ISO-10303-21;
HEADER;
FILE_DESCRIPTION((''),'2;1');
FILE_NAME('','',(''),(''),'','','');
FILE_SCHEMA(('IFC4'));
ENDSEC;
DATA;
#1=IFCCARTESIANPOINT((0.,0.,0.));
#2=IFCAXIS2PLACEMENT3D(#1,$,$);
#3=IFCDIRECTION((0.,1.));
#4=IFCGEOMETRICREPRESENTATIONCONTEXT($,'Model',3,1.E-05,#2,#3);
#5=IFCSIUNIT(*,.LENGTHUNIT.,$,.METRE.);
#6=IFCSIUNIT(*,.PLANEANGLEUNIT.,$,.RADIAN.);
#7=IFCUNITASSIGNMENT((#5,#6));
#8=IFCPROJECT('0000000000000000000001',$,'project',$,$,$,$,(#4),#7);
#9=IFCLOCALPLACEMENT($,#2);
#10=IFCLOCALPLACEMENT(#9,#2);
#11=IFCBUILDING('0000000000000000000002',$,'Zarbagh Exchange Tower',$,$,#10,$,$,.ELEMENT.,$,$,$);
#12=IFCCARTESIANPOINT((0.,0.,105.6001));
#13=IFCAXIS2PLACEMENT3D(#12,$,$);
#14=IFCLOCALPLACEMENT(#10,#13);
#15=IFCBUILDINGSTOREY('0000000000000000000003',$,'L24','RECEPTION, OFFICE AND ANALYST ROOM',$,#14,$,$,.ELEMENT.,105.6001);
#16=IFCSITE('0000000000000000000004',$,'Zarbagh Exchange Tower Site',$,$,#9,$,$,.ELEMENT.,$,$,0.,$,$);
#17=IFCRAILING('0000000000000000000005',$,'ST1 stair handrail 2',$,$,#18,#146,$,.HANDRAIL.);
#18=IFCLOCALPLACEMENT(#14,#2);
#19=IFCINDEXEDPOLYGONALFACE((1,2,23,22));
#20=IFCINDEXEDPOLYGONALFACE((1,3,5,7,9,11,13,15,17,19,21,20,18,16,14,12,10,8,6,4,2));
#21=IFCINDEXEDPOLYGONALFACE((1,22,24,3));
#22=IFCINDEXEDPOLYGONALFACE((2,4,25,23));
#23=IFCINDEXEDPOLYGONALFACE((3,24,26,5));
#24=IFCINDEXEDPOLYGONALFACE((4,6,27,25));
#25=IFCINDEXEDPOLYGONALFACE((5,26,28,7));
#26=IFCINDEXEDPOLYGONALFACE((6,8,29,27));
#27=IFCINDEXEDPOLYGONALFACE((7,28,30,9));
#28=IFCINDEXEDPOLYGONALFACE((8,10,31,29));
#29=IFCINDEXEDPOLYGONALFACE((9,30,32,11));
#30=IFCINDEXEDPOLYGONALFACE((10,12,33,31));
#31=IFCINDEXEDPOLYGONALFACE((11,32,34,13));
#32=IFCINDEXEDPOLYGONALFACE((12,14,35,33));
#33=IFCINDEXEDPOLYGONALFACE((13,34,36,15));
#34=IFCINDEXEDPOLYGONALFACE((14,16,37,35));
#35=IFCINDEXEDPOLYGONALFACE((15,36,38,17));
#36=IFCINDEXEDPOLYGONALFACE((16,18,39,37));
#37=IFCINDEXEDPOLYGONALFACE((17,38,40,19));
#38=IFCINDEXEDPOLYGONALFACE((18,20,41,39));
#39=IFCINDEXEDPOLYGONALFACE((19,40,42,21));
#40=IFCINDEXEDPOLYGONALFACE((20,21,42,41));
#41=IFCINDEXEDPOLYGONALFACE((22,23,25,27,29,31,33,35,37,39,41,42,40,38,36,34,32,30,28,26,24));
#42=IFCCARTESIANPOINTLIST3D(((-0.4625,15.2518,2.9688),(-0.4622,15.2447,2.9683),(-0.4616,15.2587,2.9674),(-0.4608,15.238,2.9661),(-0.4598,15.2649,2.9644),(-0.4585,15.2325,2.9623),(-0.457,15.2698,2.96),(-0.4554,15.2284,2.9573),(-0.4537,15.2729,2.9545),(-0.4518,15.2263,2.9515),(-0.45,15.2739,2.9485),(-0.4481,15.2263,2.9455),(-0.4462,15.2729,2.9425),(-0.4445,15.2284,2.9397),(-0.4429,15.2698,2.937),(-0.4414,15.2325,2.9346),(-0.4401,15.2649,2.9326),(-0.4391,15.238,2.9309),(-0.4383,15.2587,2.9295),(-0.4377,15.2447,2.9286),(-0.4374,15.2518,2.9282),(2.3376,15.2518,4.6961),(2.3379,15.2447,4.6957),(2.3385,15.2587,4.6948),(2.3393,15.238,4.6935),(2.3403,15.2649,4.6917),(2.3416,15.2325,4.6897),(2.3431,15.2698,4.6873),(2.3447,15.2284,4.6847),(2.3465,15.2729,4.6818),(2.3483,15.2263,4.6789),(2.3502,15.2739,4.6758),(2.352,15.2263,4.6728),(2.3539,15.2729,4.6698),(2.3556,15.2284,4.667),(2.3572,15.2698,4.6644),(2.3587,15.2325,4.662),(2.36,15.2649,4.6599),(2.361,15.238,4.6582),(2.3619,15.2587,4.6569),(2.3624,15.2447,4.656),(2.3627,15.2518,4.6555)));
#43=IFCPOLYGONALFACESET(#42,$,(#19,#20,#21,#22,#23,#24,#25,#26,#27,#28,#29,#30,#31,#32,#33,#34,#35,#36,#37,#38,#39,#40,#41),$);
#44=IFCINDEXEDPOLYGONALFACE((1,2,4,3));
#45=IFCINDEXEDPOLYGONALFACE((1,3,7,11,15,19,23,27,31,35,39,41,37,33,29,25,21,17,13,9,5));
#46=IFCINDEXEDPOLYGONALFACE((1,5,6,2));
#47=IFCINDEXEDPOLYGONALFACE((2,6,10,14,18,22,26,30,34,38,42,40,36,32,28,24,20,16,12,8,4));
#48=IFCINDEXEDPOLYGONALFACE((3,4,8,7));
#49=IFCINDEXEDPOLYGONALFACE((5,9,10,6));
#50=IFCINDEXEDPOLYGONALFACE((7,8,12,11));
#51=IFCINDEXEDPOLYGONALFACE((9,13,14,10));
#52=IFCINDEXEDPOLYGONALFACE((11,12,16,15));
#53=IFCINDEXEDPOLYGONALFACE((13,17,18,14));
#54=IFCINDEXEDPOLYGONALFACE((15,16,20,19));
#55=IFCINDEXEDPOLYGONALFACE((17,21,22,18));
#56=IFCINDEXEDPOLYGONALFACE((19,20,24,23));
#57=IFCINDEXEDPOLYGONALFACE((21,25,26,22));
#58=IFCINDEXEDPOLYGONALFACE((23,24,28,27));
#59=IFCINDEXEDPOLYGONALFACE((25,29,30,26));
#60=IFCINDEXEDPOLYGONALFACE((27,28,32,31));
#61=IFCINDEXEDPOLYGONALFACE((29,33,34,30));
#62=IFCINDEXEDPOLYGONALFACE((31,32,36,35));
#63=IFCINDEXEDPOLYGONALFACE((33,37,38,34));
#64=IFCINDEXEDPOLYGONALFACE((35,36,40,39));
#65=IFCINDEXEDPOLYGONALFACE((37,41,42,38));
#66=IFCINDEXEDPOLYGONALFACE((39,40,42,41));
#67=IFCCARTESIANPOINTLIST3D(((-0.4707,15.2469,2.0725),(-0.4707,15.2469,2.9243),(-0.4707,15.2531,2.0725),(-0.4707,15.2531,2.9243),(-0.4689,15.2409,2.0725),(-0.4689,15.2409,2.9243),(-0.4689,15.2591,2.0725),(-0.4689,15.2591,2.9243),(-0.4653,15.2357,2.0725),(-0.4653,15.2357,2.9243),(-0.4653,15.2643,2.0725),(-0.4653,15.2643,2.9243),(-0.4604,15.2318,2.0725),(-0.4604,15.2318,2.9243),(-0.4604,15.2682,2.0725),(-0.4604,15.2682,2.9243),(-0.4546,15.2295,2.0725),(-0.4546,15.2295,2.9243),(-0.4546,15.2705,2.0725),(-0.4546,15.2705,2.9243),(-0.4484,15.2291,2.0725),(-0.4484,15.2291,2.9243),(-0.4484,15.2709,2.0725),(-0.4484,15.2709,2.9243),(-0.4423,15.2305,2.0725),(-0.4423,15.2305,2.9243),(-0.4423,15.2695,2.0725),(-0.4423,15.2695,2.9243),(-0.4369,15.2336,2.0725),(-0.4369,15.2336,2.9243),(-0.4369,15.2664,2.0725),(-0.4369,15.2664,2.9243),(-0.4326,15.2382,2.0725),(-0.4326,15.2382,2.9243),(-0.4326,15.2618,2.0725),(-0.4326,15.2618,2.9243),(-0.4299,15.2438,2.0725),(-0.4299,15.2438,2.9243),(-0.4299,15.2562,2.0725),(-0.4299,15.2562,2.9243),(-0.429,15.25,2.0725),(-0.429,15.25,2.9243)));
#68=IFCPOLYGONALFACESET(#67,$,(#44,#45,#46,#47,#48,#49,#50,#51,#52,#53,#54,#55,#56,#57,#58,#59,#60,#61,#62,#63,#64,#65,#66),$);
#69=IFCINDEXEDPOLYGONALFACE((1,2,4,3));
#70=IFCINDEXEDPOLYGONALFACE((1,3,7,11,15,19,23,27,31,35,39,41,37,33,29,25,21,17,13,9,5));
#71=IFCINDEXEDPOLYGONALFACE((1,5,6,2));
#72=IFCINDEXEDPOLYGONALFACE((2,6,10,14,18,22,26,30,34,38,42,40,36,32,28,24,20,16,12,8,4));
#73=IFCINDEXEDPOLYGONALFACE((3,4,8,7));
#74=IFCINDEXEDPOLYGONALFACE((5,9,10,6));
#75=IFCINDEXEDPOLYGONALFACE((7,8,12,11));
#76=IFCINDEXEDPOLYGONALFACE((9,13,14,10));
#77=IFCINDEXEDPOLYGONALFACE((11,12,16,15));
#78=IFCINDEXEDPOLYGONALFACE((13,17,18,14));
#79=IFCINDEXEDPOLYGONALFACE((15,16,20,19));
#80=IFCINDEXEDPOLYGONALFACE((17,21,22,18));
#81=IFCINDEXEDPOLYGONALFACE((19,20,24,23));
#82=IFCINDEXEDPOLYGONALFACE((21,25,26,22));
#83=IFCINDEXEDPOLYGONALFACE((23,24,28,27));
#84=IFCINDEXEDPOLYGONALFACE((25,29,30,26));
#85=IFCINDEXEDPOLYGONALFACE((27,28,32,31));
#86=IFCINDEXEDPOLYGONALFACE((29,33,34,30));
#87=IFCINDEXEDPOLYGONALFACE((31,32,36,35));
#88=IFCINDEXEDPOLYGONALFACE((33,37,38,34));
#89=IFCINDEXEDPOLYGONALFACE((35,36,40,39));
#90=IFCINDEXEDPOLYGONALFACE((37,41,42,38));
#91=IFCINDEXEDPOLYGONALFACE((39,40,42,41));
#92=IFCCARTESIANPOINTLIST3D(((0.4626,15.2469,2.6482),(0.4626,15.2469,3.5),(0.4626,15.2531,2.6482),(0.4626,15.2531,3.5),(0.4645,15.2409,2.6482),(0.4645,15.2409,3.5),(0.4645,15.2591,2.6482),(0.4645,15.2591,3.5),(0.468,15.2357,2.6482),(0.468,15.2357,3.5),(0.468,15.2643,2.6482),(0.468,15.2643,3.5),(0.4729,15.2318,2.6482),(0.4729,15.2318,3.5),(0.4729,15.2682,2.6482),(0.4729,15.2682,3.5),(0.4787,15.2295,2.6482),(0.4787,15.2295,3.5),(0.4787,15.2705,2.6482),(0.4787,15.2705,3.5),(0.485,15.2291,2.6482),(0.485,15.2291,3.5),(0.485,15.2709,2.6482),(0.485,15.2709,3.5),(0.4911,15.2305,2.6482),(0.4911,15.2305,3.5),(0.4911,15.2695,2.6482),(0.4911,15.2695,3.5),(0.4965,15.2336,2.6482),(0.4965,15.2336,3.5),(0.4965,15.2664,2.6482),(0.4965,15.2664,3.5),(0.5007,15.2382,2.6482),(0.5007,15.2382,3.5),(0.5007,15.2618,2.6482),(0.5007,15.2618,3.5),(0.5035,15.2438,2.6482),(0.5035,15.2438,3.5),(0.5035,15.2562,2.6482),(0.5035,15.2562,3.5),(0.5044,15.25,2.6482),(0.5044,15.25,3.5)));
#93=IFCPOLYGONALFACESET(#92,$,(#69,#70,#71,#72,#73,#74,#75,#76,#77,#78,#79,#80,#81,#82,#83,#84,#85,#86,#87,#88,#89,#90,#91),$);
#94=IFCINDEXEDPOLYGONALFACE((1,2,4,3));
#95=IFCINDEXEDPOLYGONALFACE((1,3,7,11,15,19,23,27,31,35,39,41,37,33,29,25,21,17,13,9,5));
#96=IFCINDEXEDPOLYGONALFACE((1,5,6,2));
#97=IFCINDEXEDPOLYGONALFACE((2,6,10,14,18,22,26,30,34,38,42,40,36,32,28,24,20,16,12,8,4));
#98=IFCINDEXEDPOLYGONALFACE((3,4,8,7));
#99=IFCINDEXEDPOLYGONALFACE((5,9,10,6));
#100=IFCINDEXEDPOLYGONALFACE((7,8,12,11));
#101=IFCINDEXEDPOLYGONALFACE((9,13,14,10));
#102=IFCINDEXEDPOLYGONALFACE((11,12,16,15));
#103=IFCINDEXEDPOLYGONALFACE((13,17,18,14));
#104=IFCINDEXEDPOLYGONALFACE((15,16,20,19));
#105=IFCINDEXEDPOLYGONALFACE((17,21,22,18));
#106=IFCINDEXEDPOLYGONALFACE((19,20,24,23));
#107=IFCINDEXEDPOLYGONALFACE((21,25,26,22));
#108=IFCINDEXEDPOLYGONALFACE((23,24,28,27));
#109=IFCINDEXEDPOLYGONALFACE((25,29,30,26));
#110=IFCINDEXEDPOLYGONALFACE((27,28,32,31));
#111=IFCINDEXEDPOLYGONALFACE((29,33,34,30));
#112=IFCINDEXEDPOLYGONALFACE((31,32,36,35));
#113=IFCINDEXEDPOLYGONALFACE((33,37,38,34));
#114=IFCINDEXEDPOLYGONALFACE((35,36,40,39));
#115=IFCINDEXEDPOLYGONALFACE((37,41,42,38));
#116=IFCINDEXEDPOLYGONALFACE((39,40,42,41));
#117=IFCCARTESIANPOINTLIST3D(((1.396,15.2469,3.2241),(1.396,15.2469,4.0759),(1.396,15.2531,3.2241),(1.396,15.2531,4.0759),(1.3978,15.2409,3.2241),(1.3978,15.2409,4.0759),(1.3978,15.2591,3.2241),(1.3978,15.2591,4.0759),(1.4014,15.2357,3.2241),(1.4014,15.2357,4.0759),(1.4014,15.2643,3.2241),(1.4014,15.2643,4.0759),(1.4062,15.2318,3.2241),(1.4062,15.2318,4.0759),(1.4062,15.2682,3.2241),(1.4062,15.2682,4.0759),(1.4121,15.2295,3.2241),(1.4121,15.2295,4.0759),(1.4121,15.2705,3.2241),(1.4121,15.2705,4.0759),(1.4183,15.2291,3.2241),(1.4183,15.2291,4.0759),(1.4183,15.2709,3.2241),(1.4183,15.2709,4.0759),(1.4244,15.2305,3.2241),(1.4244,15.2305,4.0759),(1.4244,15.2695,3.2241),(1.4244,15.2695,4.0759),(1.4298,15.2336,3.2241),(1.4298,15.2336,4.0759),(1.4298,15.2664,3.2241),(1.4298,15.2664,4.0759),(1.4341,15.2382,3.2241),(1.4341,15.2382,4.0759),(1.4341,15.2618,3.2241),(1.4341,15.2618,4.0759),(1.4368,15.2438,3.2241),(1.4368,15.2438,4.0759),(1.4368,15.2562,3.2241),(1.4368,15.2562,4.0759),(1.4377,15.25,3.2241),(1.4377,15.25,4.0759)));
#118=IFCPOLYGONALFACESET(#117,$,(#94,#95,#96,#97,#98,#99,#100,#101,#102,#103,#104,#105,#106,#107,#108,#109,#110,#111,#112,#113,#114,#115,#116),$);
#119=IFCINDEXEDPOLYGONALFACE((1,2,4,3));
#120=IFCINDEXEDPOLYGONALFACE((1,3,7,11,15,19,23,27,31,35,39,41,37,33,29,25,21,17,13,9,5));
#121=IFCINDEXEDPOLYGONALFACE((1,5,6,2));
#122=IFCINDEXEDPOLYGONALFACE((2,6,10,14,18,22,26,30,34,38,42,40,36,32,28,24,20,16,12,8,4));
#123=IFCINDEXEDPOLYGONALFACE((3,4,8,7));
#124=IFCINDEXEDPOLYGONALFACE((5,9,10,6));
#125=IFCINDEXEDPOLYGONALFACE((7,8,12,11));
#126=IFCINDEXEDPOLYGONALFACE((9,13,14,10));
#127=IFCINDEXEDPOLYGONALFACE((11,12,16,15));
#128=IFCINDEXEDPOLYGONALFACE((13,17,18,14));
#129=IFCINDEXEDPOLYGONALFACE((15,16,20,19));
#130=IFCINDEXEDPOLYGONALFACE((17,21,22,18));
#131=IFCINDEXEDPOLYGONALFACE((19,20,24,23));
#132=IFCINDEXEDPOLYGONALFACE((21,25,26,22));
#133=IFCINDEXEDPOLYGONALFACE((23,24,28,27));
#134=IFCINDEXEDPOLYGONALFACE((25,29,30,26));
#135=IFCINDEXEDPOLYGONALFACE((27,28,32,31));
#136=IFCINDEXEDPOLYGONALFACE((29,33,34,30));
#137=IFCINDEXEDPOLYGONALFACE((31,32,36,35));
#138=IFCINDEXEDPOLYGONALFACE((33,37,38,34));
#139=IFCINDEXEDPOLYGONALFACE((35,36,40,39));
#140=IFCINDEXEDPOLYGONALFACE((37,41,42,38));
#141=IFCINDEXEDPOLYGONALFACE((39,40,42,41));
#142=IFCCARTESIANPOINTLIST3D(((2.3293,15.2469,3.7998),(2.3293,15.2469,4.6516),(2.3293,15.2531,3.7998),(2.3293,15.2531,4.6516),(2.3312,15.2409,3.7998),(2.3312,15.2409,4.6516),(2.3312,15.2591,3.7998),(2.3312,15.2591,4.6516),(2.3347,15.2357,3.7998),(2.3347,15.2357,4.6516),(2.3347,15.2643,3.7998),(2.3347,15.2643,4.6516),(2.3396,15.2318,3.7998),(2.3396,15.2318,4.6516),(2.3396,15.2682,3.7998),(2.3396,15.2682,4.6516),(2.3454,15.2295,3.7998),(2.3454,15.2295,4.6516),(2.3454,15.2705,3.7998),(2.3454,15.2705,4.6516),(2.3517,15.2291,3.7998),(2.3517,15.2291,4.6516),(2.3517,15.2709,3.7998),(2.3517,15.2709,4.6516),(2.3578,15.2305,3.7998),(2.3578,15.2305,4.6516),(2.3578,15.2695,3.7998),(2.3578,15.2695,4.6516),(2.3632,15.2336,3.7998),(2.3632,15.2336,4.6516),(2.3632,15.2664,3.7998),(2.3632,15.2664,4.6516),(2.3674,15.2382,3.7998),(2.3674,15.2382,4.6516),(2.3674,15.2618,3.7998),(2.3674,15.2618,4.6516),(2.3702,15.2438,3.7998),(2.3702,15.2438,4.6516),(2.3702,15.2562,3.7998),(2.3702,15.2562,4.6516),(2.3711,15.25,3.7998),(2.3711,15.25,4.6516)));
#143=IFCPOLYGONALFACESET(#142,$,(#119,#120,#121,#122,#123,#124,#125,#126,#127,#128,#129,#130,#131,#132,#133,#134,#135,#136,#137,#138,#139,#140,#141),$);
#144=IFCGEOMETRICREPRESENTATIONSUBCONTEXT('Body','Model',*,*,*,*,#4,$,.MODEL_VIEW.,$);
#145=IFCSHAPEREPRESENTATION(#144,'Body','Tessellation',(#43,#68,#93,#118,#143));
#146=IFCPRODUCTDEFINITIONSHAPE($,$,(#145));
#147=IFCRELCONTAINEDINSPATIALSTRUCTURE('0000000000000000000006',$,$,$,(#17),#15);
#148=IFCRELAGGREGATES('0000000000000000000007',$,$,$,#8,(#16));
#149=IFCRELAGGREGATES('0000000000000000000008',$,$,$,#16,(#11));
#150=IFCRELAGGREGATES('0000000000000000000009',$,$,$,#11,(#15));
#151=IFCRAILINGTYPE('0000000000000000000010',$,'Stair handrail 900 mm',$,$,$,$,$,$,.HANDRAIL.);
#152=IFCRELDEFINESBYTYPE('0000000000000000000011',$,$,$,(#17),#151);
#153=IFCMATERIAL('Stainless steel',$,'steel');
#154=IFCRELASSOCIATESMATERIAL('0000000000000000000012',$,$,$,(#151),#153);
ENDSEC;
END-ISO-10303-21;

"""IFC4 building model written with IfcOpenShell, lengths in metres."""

from ifc_helpers import new_model, si_unit, direction, frame, origin, origin_2d, place, context, subcontext, project, spatial, circle, extrude, material, type_object, element, save


model = new_model("IFC4")

# Units and contexts
model_context = context("Model", 3, precision=1e-05, world=origin(), true_north=direction((0.0, 1.0)))
body_context = subcontext(model_context, "Body", "Model", "MODEL_VIEW")
ifc_project = project(units=[si_unit("LENGTHUNIT", "METRE"), si_unit("PLANEANGLEUNIT", "RADIAN")], contexts=[model_context])

# Site, building, storey
site_placement = place(None, origin())
site = spatial("IfcSite", under=ifc_project, at=site_placement, Name="Zarbagh Exchange Tower Site", CompositionType="ELEMENT", RefElevation=0.0)
building_placement = place(site_placement, origin())
building = spatial("IfcBuilding", under=site, at=building_placement, Name="Zarbagh Exchange Tower", CompositionType="ELEMENT")
storey_placement = place(building_placement, frame((0.0, 0.0, 105.6001)))
storey = spatial("IfcBuildingStorey", under=building, at=storey_placement, Name="L24", Description="RECEPTION, OFFICE AND ANALYST ROOM", CompositionType="ELEMENT", Elevation=105.6001)

# Shared definitions
ifc_material_1 = material(Name="Stainless steel", Category="steel")

# Railing
railing_type_1 = type_object("IfcRailingType", Name="Stair handrail 900 mm", PredefinedType="HANDRAIL", material=ifc_material_1)
railing_1_placement = place(storey_placement, frame((-0.45, 15.25, 2.0725)))
element("IfcRailing", 1, at=railing_1_placement, inside=storey, type_object=railing_type_1, Name="ST1 stair handrail 2", PredefinedType="HANDRAIL", context=body_context, shape_type="SweptSolid", body=[
    extrude(circle(Radius=0.0239, at=origin_2d()), frame((0.0, 0.0, 0.876), z_axis=(0.85109, 0.0, 0.52502), x_axis=(0.0, 1.0, 0.0)), (0.0, 0.0, 1.0), 3.29),
    extrude(circle(Radius=0.021, at=origin_2d()), origin(), (0.0, 0.0, 1.0), 0.8518),
    extrude(circle(Radius=0.021, at=origin_2d()), frame((0.9333, 0.0, 0.5757)), (0.0, 0.0, 1.0), 0.8518),
    extrude(circle(Radius=0.021, at=origin_2d()), frame((1.8667, 0.0, 1.1516)), (0.0, 0.0, 1.0), 0.8518),
    extrude(circle(Radius=0.021, at=origin_2d()), frame((2.8, 0.0, 1.7273)), (0.0, 0.0, 1.0), 0.8518),
])

save(model, "model.ifc")
